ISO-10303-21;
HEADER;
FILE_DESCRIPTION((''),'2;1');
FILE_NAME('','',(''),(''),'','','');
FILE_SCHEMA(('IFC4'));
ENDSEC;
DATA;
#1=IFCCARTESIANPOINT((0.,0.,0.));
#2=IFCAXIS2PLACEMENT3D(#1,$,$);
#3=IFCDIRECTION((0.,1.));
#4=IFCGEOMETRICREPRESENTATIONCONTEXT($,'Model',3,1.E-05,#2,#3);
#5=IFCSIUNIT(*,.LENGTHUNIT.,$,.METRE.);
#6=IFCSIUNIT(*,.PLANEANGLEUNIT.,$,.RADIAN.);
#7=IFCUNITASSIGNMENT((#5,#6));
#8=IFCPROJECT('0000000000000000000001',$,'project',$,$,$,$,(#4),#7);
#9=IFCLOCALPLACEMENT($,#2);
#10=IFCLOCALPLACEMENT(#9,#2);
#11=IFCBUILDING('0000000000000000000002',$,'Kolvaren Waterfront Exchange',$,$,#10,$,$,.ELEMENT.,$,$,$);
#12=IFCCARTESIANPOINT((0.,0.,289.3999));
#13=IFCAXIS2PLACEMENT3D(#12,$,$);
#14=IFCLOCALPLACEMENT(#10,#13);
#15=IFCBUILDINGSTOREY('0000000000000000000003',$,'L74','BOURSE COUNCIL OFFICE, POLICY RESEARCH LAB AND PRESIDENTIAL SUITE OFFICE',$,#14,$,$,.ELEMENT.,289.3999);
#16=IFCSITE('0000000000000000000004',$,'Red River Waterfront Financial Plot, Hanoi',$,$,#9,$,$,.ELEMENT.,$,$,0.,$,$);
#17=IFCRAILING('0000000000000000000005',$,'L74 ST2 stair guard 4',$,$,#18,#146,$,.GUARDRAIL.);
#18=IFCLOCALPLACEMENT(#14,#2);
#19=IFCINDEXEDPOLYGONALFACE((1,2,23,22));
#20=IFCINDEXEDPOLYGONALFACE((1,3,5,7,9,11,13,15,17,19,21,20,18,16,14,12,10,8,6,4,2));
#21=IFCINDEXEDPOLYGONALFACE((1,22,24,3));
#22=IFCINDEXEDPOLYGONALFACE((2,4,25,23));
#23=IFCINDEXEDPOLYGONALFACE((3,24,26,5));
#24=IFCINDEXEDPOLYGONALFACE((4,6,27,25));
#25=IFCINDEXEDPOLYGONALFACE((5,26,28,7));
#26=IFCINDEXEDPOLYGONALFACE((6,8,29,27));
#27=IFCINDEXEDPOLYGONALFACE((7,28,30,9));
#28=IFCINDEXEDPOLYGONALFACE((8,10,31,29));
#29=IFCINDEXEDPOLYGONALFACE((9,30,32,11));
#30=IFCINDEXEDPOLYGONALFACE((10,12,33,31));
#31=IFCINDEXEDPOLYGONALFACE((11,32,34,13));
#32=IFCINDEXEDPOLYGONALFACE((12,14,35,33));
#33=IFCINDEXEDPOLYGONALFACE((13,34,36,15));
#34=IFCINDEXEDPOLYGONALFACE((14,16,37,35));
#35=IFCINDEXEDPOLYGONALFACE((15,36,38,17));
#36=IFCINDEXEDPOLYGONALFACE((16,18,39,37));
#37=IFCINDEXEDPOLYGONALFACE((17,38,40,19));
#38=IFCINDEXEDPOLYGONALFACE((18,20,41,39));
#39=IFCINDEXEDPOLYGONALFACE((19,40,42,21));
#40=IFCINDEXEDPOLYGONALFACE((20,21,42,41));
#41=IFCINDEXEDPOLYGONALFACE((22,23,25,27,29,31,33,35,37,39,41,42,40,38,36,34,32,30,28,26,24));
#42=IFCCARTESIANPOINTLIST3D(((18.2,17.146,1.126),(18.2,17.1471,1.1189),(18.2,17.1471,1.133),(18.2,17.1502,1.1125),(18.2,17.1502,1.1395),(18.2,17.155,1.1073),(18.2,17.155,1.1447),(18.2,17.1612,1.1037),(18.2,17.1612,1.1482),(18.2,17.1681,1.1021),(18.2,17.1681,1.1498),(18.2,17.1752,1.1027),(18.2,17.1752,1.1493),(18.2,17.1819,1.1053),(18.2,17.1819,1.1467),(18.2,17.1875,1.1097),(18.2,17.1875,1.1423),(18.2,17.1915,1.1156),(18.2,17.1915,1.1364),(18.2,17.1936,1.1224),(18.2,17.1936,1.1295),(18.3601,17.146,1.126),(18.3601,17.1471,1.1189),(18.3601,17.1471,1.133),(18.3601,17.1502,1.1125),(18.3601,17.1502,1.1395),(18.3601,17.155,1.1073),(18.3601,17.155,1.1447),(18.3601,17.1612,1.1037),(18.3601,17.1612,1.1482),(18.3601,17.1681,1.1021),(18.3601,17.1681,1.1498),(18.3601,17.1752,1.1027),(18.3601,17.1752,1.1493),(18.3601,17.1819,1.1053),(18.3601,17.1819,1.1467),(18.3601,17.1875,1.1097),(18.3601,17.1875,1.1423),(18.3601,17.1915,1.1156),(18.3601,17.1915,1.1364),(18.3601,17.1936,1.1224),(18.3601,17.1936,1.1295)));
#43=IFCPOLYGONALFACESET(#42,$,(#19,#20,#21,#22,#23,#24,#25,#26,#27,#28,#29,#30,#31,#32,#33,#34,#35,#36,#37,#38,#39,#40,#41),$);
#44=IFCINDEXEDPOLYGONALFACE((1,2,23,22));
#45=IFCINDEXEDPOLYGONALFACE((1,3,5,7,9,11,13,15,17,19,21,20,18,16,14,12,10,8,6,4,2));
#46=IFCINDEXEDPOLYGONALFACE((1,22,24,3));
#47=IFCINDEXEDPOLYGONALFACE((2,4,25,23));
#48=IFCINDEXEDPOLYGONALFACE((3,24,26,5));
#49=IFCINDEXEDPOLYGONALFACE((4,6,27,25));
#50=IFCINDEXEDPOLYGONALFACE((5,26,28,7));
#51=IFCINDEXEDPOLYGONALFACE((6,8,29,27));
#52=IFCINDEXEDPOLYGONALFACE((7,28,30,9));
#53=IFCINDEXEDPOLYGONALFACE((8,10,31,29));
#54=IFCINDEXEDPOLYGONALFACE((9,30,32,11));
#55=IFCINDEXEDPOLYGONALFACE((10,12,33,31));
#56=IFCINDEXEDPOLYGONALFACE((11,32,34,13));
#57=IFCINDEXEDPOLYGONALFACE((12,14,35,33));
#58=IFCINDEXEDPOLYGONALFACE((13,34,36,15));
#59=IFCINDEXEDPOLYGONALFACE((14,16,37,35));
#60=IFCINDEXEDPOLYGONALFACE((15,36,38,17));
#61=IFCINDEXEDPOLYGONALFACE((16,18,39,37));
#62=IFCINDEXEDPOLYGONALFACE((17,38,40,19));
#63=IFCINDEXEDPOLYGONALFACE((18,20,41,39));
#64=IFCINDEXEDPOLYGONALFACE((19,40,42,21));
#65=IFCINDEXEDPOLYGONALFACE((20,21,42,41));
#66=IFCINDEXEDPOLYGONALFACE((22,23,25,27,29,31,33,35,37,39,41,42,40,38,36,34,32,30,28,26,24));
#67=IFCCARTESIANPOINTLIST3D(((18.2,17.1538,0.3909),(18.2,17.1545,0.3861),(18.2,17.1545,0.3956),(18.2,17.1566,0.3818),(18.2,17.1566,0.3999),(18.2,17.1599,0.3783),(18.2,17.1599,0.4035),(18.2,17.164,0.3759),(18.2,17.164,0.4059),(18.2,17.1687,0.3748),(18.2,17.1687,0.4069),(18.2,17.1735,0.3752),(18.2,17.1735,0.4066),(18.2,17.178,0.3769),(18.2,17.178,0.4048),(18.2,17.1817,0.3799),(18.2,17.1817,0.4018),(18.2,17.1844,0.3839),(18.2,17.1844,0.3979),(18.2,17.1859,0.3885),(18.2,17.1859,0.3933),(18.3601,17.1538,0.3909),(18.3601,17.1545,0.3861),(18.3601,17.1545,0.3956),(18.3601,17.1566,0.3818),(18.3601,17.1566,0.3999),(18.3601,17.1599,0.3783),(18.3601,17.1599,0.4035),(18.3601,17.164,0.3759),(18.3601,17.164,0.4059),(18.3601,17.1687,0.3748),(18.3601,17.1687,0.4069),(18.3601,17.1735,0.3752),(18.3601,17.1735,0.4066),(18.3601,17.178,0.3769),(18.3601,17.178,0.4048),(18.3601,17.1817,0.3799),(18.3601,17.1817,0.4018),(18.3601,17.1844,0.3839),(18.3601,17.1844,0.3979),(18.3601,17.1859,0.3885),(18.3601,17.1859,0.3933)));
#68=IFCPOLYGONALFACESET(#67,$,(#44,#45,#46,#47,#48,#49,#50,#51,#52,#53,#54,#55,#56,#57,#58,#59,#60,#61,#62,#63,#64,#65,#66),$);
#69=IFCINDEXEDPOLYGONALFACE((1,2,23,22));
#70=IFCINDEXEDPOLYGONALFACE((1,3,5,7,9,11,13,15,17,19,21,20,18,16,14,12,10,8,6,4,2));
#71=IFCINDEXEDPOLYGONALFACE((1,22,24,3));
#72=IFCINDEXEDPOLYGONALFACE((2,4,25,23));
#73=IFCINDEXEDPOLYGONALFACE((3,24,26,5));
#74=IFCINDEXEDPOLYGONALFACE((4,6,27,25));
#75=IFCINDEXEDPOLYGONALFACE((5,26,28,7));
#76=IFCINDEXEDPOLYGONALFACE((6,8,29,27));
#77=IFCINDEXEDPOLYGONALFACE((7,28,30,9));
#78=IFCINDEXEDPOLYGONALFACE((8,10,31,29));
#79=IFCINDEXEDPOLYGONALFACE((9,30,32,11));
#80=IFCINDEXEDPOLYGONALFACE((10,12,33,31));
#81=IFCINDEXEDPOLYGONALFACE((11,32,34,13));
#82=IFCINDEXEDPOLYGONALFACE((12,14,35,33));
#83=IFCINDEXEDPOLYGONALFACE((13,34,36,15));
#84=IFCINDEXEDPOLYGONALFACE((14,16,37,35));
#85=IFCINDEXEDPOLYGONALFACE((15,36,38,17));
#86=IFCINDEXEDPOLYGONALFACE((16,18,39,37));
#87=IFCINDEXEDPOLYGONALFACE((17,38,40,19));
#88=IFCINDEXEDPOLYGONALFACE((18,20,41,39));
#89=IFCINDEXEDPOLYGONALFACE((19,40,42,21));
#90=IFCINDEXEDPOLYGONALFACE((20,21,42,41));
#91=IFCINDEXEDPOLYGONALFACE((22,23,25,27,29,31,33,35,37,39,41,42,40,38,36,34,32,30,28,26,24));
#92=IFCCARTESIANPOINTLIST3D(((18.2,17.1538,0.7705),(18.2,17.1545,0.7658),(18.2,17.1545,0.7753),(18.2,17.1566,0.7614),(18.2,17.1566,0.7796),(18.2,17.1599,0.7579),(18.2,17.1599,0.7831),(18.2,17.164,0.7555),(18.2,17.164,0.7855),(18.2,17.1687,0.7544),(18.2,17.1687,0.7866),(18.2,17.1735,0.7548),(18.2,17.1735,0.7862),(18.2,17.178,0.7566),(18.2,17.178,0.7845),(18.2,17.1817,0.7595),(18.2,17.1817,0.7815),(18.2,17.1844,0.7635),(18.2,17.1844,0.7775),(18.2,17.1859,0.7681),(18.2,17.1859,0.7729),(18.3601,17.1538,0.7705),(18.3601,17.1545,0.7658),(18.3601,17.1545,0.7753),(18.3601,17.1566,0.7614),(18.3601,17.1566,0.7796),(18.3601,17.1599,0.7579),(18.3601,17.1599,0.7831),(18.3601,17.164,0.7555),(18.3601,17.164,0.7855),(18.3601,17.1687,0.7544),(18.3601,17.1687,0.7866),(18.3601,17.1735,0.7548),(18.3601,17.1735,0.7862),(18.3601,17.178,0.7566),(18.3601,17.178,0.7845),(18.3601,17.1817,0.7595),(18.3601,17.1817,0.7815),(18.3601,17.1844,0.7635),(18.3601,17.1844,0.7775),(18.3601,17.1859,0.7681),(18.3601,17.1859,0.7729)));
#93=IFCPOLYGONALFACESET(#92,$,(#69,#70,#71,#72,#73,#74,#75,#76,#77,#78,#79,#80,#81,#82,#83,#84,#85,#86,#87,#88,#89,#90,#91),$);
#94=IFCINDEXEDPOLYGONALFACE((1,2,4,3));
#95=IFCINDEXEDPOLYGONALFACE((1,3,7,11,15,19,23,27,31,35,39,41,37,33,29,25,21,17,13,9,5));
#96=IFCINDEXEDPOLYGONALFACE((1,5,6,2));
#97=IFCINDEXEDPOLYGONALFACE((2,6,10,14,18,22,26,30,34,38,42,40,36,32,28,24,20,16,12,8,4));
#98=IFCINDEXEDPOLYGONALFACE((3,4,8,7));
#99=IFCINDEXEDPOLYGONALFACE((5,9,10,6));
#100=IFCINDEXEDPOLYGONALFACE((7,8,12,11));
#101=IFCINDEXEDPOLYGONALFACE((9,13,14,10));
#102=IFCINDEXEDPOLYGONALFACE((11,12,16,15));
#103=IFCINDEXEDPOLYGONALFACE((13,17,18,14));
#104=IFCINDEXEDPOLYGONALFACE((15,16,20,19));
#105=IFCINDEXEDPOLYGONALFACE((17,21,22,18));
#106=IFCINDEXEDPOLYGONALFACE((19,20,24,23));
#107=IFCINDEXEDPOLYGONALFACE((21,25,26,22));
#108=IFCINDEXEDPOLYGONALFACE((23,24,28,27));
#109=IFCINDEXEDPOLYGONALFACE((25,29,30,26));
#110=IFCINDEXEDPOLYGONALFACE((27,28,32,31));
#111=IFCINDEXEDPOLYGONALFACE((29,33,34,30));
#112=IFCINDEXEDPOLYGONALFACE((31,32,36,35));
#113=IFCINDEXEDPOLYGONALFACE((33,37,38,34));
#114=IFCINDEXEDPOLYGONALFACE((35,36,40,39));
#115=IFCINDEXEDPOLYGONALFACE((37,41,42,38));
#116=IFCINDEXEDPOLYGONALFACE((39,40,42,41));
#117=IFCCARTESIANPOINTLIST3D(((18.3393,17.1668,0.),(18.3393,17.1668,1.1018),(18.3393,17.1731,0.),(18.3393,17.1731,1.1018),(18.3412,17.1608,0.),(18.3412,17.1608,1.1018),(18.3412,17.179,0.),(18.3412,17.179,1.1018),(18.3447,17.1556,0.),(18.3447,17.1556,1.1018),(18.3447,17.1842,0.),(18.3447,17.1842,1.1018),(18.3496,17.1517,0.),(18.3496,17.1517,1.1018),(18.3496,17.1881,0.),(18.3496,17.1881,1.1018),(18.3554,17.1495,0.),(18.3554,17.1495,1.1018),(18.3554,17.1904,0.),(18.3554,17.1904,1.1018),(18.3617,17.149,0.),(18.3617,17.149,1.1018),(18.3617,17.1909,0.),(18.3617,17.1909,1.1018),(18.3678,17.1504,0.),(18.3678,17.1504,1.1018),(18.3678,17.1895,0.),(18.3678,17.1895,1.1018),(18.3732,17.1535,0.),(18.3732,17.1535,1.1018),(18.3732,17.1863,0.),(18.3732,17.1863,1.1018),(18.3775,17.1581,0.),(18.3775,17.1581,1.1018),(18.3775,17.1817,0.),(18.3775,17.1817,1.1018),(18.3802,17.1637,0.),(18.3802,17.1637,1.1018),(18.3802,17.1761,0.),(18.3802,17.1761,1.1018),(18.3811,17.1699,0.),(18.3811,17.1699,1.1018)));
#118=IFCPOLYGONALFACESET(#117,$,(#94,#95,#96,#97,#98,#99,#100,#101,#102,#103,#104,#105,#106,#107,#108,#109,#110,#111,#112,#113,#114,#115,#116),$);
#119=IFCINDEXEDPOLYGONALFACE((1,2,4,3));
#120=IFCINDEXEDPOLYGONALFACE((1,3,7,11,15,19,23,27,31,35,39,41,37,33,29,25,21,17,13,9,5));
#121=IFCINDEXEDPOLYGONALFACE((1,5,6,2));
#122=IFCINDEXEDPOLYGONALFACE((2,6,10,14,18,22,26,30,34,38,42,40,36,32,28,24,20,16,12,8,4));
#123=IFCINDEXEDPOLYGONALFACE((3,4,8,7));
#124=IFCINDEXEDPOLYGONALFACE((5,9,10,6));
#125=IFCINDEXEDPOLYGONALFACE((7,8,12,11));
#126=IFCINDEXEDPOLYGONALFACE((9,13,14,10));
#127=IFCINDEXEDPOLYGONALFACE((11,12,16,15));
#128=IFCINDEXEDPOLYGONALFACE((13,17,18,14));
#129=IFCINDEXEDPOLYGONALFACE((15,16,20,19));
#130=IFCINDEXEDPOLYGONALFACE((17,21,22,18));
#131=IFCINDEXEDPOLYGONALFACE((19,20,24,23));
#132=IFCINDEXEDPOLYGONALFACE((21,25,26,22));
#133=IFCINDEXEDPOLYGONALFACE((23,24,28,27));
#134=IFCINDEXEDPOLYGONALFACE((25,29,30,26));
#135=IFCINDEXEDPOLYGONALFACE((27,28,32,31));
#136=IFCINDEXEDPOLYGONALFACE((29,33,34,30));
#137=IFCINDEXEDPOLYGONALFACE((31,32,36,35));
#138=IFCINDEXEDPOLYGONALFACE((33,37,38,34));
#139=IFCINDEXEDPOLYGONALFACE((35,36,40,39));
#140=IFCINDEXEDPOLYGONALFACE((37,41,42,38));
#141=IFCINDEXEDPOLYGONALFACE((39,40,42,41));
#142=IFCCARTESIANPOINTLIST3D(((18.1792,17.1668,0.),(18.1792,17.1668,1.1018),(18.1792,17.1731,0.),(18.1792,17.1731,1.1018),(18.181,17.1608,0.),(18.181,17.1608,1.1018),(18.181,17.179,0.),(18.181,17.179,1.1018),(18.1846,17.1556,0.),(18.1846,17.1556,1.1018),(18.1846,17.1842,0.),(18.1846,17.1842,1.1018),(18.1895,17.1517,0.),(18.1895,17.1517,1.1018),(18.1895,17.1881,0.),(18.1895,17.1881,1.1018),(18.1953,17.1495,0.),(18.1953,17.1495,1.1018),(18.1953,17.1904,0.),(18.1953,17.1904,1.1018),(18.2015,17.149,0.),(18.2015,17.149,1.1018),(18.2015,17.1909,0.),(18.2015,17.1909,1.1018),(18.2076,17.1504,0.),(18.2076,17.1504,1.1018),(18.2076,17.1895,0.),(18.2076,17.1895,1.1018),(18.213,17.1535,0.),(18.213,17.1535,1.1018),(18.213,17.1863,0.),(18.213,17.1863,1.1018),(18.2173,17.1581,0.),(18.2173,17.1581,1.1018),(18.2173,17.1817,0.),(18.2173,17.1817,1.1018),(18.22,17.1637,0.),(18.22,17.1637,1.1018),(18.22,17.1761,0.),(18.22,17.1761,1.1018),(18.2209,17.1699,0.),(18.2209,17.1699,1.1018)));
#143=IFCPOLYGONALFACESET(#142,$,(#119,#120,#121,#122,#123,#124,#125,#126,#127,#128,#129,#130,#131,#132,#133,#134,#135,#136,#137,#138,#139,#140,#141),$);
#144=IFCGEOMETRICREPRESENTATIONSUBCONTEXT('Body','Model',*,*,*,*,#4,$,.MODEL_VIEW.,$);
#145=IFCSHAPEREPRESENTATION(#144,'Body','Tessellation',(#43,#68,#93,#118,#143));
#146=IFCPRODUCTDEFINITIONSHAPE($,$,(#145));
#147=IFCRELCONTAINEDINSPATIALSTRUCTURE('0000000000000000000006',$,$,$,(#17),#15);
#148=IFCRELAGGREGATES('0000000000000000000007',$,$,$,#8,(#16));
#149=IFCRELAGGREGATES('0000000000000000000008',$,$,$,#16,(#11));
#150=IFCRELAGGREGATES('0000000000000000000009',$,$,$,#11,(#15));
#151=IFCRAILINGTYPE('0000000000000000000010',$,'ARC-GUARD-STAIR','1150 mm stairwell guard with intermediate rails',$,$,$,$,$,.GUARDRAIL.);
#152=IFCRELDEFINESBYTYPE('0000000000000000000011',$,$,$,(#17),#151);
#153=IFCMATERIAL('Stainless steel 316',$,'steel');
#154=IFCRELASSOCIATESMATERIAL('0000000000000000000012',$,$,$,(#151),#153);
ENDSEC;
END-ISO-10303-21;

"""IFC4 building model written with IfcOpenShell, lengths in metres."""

from ifc_helpers import new_model, si_unit, direction, frame, origin, origin_2d, place, context, subcontext, project, spatial, circle, extrude, material, type_object, element, save


model = new_model("IFC4")

# Units and contexts
model_context = context("Model", 3, precision=1e-05, world=origin(), true_north=direction((0.0, 1.0)))
body_context = subcontext(model_context, "Body", "Model", "MODEL_VIEW")
ifc_project = project(units=[si_unit("LENGTHUNIT", "METRE"), si_unit("PLANEANGLEUNIT", "RADIAN")], contexts=[model_context])

# Site, building, storey
site_placement = place(None, origin())
site = spatial("IfcSite", under=ifc_project, at=site_placement, Name="Red River Waterfront Financial Plot, Hanoi", CompositionType="ELEMENT", RefElevation=0.0)
building_placement = place(site_placement, origin())
building = spatial("IfcBuilding", under=site, at=building_placement, Name="Kolvaren Waterfront Exchange", CompositionType="ELEMENT")
storey_placement = place(building_placement, frame((0.0, 0.0, 289.3999)))
storey = spatial("IfcBuildingStorey", under=building, at=storey_placement, Name="L74", Description="BOURSE COUNCIL OFFICE, POLICY RESEARCH LAB AND PRESIDENTIAL SUITE OFFICE", CompositionType="ELEMENT", Elevation=289.3999)

# Railing
ifc_material_1 = material(Name="Stainless steel 316", Category="steel")
railing_type_1 = type_object("IfcRailingType", Name="ARC-GUARD-STAIR", Description="1150 mm stairwell guard with intermediate rails", PredefinedType="GUARDRAIL", material=ifc_material_1)
railing_1_placement = place(storey_placement, frame((18.3601, 17.1699, 0.0)))
element("IfcRailing", 1, at=railing_1_placement, inside=storey, type_object=railing_type_1, Name="L74 ST2 stair guard 4", PredefinedType="GUARDRAIL", context=body_context, shape_type="SweptSolid", body=[
    extrude(circle(Radius=0.0239, at=origin_2d()), frame((0.0, 0.0, 1.126), z_axis=(-1.0, 0.0, 0.0), x_axis=(0.0, -1.0, 0.0)), (0.0, 0.0, 1.0), 0.1602),
    extrude(circle(Radius=0.0161, at=origin_2d()), frame((0.0, 0.0, 0.3909), z_axis=(-1.0, 0.0, 0.0), x_axis=(0.0, -1.0, 0.0)), (0.0, 0.0, 1.0), 0.1602),
    extrude(circle(Radius=0.0161, at=origin_2d()), frame((0.0, 0.0, 0.7705), z_axis=(-1.0, 0.0, 0.0), x_axis=(0.0, -1.0, 0.0)), (0.0, 0.0, 1.0), 0.1602),
    extrude(circle(Radius=0.021, at=origin_2d()), origin(), (0.0, 0.0, 1.0), 1.1018),
    extrude(circle(Radius=0.021, at=origin_2d()), frame((-0.1602, 0.0, 0.0)), (0.0, 0.0, 1.0), 1.1018),
])

save(model, "model.ifc")
